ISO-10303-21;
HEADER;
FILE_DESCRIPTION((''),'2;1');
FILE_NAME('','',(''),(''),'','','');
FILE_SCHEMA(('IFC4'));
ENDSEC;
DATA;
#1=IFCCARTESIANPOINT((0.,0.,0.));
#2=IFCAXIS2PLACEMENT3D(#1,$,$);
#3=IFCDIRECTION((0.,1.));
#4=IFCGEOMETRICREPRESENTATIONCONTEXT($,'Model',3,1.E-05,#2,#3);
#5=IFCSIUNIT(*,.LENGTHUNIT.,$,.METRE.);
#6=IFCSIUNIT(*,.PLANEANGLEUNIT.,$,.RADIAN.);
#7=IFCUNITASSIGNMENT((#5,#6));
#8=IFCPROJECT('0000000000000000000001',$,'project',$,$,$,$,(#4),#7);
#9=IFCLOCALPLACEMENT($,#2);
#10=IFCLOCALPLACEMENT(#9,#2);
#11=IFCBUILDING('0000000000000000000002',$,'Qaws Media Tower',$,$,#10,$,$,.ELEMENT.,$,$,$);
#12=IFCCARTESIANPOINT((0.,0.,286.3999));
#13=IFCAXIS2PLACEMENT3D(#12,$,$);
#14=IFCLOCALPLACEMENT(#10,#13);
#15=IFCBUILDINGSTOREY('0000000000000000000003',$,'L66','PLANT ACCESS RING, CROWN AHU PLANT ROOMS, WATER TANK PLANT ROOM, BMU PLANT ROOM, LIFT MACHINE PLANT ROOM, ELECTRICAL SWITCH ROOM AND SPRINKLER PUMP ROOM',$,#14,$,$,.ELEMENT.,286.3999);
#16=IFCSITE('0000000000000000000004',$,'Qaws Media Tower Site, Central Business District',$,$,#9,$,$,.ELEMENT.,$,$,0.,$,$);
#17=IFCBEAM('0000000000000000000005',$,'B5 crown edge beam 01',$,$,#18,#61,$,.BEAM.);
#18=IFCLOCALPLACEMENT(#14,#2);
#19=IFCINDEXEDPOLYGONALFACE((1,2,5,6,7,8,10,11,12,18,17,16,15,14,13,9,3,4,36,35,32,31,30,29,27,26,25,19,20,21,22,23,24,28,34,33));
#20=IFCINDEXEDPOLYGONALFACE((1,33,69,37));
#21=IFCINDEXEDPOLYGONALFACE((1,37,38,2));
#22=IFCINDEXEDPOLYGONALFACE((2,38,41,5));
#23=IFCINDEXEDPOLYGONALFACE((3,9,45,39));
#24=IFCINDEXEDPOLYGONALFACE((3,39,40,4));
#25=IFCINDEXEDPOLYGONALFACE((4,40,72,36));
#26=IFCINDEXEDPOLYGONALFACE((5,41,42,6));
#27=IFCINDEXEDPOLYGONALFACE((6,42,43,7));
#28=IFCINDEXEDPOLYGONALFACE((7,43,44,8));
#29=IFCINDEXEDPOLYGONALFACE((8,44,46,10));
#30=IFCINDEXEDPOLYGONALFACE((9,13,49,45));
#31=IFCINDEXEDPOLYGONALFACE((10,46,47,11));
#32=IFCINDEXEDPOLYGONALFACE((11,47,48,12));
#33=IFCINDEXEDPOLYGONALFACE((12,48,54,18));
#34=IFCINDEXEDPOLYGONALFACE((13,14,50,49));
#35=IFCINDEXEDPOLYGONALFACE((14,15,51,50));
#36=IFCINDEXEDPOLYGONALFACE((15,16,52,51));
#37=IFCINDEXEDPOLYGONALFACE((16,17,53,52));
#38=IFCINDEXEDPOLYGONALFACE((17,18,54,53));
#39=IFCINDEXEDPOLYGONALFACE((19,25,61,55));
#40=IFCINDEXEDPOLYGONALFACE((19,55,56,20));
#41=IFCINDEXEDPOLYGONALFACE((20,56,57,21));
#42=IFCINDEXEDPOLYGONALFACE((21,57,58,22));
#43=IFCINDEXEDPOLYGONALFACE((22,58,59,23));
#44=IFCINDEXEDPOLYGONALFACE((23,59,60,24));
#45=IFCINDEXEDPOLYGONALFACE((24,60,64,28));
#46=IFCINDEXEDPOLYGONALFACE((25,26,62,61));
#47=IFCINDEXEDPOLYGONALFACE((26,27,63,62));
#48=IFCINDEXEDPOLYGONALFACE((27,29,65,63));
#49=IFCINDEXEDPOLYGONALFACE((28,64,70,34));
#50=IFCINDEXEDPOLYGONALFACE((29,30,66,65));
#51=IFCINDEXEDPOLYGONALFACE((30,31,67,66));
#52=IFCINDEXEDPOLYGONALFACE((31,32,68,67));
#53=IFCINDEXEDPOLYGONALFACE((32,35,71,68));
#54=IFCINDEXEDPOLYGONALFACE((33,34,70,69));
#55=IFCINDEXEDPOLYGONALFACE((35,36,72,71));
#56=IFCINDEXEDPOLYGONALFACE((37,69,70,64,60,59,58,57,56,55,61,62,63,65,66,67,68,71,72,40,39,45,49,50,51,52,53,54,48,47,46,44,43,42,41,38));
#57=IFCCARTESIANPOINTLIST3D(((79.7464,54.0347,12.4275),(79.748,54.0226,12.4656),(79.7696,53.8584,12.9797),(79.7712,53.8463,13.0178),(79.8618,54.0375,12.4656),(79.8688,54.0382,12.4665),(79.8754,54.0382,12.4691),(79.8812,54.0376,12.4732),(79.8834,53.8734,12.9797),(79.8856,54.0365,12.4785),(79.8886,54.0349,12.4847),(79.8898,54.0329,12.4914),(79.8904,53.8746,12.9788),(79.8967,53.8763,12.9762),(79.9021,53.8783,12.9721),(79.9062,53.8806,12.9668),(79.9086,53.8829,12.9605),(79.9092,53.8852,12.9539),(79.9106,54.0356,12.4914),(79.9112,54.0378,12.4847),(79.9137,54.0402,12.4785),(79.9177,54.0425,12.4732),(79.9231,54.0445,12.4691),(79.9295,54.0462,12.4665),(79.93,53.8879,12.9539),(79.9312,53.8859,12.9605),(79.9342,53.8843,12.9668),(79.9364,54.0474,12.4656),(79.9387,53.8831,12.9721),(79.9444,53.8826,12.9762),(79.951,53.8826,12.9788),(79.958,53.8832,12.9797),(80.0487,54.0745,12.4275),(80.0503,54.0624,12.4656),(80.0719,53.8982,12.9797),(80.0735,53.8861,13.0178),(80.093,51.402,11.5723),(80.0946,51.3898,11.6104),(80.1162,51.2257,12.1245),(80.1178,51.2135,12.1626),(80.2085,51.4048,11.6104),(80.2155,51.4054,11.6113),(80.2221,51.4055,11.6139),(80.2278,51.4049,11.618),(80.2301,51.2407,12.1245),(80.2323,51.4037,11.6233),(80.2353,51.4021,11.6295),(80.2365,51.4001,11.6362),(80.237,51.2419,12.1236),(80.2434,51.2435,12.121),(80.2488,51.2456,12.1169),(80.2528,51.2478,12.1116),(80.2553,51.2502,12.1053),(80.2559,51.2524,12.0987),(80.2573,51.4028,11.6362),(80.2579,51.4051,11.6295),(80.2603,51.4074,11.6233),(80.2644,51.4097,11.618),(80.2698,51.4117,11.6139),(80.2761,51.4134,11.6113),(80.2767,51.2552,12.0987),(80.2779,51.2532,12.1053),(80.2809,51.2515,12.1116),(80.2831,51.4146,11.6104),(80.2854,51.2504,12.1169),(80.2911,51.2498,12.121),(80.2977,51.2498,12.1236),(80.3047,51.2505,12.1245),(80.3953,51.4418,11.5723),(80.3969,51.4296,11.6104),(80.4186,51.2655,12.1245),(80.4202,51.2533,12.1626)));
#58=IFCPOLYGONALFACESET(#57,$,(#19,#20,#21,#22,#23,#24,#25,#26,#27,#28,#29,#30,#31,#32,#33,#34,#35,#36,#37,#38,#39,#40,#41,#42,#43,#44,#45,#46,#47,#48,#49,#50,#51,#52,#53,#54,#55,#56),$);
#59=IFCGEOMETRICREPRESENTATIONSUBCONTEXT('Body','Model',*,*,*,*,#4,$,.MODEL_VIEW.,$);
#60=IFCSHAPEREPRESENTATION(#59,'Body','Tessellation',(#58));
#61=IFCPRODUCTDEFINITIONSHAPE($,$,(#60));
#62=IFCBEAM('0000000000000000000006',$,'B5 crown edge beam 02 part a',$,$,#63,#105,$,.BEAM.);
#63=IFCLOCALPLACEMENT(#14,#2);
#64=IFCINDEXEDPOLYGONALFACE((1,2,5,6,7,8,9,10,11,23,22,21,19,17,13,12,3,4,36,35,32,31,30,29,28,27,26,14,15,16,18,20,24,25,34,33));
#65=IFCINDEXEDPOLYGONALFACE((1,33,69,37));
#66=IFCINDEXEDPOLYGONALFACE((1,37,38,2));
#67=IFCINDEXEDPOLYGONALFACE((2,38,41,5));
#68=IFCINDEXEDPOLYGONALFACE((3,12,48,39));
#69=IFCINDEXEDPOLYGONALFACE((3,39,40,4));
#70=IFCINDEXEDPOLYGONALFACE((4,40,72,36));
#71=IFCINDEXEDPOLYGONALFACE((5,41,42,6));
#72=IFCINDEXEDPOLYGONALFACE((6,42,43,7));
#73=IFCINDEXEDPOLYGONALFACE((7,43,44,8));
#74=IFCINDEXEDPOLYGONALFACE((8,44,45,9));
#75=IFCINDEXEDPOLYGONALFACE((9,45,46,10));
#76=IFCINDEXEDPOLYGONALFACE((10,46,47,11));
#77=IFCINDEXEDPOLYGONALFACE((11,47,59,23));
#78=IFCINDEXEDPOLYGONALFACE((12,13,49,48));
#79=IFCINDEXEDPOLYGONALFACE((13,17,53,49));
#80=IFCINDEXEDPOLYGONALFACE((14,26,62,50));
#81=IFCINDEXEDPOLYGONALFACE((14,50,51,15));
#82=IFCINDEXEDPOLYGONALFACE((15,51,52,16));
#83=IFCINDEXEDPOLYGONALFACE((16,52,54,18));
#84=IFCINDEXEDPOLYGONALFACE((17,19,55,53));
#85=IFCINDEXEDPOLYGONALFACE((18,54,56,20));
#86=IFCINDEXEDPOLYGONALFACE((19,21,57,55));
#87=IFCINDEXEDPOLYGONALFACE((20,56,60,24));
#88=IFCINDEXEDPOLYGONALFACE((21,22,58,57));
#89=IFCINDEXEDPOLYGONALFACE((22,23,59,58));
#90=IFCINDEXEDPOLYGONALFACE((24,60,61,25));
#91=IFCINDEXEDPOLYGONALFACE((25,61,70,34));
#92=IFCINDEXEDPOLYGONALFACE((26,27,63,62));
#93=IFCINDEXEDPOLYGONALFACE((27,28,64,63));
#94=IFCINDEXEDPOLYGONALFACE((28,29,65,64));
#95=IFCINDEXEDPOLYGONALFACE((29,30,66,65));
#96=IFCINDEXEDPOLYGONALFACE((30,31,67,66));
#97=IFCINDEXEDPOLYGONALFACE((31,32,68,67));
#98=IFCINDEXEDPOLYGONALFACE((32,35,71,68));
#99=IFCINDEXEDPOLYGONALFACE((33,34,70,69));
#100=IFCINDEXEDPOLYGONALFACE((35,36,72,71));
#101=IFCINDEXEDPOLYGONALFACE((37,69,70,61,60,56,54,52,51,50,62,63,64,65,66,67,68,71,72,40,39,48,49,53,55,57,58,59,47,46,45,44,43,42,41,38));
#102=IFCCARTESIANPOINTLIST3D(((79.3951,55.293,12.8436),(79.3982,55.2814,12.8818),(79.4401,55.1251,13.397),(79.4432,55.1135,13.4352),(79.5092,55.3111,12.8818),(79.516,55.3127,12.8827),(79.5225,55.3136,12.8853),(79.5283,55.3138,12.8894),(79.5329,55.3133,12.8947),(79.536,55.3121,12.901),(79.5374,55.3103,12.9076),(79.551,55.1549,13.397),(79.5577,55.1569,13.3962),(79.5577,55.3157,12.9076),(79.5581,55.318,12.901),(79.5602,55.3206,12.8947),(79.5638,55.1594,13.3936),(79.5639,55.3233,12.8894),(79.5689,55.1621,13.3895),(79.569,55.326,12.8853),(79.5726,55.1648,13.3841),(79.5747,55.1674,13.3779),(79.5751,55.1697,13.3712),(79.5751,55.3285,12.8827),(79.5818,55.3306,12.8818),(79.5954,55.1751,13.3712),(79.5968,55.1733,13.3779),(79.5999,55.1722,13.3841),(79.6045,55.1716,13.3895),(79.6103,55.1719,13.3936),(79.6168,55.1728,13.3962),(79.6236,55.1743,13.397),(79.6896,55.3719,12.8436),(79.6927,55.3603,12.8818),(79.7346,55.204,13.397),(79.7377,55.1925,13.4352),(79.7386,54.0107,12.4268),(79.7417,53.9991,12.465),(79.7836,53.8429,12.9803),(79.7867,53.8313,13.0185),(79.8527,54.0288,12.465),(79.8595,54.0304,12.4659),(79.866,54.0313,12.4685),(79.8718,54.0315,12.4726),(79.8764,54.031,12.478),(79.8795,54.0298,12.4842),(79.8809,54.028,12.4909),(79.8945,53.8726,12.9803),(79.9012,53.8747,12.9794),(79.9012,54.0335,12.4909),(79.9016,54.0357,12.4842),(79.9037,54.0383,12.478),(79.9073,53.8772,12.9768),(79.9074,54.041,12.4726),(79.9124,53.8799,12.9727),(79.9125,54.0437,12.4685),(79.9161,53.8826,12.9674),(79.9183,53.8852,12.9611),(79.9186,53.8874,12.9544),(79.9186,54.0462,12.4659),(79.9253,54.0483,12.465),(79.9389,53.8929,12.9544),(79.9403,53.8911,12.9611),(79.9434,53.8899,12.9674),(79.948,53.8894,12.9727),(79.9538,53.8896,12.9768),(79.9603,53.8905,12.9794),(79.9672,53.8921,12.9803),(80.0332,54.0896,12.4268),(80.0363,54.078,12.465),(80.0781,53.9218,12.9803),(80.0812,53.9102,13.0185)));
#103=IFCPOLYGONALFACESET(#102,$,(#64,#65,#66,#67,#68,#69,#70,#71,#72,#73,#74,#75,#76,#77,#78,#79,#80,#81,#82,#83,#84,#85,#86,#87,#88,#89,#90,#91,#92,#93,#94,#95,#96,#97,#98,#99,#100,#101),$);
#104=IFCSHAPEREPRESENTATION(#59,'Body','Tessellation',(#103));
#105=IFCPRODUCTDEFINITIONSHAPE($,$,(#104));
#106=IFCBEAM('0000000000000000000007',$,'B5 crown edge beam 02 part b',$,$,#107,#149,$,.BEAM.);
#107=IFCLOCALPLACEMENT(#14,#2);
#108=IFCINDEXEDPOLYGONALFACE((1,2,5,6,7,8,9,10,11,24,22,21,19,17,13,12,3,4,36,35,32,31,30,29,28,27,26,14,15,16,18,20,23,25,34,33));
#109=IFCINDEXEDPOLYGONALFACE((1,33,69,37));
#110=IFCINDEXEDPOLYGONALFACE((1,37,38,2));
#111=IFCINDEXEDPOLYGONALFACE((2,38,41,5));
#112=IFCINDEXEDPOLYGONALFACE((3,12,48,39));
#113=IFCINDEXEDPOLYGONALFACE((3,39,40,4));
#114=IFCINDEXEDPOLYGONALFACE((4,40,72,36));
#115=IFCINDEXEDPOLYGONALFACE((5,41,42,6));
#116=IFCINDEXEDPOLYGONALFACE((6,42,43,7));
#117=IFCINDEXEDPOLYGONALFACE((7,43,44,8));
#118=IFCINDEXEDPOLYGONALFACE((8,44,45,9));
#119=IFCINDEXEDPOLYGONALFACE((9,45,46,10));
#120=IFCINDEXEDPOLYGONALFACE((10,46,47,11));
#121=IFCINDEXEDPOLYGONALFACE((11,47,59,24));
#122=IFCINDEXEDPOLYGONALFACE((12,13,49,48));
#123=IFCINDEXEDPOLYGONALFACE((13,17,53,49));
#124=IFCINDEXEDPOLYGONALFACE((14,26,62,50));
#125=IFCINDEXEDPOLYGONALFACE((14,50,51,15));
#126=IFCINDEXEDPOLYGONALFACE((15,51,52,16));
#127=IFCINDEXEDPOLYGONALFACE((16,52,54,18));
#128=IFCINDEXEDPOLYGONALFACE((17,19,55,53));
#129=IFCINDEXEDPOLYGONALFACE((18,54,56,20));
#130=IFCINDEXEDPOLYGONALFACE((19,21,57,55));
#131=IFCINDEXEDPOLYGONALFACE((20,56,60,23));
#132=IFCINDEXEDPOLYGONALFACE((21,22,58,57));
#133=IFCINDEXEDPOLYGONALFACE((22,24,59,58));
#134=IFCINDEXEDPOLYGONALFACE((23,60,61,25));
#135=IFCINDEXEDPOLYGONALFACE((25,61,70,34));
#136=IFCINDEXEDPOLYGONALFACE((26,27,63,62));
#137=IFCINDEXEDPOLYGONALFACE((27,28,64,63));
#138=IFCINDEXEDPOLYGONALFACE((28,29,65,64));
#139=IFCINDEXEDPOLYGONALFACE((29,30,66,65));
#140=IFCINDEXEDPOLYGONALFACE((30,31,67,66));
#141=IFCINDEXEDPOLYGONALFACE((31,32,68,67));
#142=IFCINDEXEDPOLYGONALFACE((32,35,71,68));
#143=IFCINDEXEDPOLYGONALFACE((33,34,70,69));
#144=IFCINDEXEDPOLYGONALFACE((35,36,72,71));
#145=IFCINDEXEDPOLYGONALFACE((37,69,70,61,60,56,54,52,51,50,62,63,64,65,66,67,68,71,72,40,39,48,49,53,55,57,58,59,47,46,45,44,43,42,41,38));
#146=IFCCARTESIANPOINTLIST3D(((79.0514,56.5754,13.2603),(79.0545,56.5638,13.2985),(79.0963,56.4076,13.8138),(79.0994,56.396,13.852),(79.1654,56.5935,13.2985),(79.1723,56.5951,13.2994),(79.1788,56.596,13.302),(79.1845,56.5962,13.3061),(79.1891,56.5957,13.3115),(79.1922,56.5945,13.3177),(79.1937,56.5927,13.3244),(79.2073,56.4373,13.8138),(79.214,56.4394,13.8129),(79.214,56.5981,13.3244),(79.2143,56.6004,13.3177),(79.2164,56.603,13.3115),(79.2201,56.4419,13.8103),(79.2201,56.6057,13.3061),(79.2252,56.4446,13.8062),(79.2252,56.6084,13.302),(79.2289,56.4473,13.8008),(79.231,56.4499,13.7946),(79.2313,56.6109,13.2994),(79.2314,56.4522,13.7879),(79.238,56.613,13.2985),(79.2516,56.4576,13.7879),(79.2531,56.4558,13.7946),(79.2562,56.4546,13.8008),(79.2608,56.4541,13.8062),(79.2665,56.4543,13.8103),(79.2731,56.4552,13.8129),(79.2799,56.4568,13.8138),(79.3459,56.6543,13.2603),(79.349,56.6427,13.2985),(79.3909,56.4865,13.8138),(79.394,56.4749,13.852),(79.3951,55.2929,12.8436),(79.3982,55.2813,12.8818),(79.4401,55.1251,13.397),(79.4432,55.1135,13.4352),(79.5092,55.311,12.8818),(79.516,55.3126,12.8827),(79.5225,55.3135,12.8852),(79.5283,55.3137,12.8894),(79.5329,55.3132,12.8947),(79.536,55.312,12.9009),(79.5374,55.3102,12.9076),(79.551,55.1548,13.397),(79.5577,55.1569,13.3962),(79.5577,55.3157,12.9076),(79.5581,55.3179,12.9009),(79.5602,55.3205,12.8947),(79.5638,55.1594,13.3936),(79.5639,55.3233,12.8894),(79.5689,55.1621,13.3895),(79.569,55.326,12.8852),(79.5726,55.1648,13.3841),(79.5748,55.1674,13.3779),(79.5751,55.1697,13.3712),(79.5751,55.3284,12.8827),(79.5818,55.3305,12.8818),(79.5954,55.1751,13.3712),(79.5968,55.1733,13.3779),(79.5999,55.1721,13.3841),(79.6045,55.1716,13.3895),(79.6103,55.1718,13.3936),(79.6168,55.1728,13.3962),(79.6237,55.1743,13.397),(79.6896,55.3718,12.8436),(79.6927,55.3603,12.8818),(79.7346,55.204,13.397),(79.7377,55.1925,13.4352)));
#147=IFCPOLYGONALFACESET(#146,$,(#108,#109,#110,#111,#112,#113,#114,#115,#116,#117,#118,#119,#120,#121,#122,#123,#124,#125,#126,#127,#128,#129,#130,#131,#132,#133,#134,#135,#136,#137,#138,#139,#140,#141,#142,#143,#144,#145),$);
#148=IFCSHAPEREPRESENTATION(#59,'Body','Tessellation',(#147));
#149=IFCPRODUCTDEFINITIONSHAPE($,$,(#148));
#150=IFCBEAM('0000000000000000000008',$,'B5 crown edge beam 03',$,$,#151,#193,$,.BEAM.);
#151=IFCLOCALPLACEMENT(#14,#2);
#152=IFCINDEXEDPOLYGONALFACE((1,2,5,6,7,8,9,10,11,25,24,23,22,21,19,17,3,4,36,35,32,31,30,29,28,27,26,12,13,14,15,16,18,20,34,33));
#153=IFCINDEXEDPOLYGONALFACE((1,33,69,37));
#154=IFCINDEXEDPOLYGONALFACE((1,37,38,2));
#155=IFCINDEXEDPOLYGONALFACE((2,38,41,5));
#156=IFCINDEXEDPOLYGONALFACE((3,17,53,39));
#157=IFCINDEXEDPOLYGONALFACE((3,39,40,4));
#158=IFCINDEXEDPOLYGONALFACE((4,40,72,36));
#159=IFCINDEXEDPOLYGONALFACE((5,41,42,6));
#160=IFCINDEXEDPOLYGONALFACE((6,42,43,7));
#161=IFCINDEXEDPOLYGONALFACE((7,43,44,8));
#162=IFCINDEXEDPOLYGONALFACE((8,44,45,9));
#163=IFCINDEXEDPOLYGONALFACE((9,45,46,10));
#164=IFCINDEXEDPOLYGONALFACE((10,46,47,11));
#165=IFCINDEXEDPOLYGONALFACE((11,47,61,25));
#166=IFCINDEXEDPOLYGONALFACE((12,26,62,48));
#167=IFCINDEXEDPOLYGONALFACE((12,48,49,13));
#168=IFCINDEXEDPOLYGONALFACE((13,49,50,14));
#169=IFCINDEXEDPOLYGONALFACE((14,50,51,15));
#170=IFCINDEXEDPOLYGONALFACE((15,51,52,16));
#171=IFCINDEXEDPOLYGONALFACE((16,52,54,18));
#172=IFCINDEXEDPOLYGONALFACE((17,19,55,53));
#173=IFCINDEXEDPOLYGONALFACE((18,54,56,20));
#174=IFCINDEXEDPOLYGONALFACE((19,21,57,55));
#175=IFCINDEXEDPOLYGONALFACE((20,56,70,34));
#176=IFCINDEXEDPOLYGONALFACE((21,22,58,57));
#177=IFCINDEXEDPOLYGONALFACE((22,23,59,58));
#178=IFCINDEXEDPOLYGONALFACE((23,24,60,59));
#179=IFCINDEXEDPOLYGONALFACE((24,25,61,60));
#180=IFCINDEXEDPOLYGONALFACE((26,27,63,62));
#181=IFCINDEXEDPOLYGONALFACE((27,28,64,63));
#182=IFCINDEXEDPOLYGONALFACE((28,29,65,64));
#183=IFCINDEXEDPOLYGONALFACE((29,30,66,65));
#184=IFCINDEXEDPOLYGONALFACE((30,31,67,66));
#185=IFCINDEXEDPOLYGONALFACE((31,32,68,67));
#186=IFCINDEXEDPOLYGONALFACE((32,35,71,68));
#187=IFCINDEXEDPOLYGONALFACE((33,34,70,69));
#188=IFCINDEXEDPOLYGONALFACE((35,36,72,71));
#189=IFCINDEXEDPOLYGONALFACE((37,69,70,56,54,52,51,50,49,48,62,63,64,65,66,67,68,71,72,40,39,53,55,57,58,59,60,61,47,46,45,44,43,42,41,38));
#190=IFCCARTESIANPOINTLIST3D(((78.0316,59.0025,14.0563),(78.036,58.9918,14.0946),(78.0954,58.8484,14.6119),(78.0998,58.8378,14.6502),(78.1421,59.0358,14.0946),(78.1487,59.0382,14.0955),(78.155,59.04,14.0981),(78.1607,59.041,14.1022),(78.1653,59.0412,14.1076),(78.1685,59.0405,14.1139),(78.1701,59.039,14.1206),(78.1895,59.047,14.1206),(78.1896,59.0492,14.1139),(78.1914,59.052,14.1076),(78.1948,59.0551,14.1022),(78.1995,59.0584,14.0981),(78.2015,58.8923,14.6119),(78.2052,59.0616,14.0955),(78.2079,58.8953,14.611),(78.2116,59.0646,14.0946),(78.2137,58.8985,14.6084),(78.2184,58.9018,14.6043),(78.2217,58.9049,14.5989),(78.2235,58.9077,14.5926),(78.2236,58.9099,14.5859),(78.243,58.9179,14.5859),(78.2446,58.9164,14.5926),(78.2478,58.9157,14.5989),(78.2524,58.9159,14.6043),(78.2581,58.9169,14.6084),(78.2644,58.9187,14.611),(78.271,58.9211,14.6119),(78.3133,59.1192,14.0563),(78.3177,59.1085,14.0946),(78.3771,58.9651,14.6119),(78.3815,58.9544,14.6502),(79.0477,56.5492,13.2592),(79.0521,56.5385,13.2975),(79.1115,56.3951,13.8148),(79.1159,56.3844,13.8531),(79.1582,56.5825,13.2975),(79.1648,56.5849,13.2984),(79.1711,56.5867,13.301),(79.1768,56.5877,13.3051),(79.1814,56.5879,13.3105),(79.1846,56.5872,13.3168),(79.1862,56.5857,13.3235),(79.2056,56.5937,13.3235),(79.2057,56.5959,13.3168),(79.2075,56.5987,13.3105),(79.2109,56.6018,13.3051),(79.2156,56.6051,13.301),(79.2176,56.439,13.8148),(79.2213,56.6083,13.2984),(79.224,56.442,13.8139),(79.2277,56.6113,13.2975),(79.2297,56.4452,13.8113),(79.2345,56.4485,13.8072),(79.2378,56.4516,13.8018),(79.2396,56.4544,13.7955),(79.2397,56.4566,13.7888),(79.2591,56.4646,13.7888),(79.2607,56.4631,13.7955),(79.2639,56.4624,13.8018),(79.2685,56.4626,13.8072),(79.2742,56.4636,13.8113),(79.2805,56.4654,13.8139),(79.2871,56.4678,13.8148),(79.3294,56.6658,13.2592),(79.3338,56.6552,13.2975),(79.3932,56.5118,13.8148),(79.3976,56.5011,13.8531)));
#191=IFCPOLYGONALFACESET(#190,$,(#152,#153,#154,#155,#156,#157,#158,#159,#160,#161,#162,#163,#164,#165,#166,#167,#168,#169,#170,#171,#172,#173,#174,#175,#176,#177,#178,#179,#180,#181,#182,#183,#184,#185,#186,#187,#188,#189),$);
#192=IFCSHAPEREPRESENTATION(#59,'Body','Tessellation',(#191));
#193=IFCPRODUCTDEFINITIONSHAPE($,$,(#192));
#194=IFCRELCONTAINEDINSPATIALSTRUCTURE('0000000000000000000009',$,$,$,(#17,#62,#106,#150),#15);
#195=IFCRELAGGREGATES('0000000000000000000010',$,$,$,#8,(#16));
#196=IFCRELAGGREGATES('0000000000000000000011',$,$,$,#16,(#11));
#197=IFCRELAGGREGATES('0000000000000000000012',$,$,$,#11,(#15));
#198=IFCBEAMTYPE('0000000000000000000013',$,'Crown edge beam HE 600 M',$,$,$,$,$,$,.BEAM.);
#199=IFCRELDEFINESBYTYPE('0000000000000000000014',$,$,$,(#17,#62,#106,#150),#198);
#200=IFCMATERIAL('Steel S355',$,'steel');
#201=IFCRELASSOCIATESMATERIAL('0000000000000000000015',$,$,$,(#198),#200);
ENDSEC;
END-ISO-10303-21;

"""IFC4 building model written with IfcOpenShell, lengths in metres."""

from ifc_helpers import new_model, si_unit, direction, frame, origin, origin_2d, place, context, subcontext, project, spatial, i_section, extrude, material, material_profile, profile_set, type_object, element, save


model = new_model("IFC4")

# Units and contexts
model_context = context("Model", 3, precision=1e-05, world=origin(), true_north=direction((0.0, 1.0)))
body_context = subcontext(model_context, "Body", "Model", "MODEL_VIEW")
ifc_project = project(units=[si_unit("LENGTHUNIT", "METRE"), si_unit("PLANEANGLEUNIT", "RADIAN")], contexts=[model_context])

# Site, building, storey
site_placement = place(None, origin())
site = spatial("IfcSite", under=ifc_project, at=site_placement, Name="Qaws Media Tower Site, Central Business District", CompositionType="ELEMENT", RefElevation=0.0)
building_placement = place(site_placement, origin())
building = spatial("IfcBuilding", under=site, at=building_placement, Name="Qaws Media Tower", CompositionType="ELEMENT")
storey_placement = place(building_placement, frame((0.0, 0.0, 286.3999)))
storey = spatial("IfcBuildingStorey", under=building, at=storey_placement, Name="L66", Description="PLANT ACCESS RING, CROWN AHU PLANT ROOMS, WATER TANK PLANT ROOM, BMU PLANT ROOM, LIFT MACHINE PLANT ROOM, ELECTRICAL SWITCH ROOM AND SPRINKLER PUMP ROOM", CompositionType="ELEMENT", Elevation=286.3999)

# Beams
ifc_material_1 = material(Name="Steel S355", Category="steel")
ifc_material_profile_1 = material_profile(ifc_material_1, i_section(OverallWidth=0.3049, OverallDepth=0.6201, WebThickness=0.021, FlangeThickness=0.04, FilletRadius=0.0271, at=origin_2d()), Name="HE 600 M")
ifc_profile_set_1 = profile_set([ifc_material_profile_1], Name="Steel S355")
beam_type_1 = type_object("IfcBeamType", Name="Crown edge beam HE 600 M", PredefinedType="BEAM", material=ifc_profile_set_1)
beam_1_placement = place(storey_placement, frame((80.2566, 51.3276, 11.8674), z_axis=(-0.124264, 0.943709, 0.306548), x_axis=(-0.991442, -0.13055, 0.0)))
element("IfcBeam", 1, at=beam_1_placement, inside=storey, type_object=beam_type_1, Name="B5 crown edge beam 01", PredefinedType="BEAM", context=body_context, shape_type="SweptSolid", body=[
    extrude(i_section(OverallWidth=0.3049, OverallDepth=0.6201, WebThickness=0.021, FlangeThickness=0.04, FilletRadius=0.0271, at=origin_2d()), origin(), (0.0, 0.0, 1.0), 2.7898),
])
beam_2_placement = place(storey_placement, frame((79.9099, 53.9604, 12.7227), z_axis=(-0.246891, 0.921588, 0.299534), x_axis=(-0.965938, -0.258773, 0.0)))
element("IfcBeam", 2, at=beam_2_placement, inside=storey, type_object=beam_type_1, Name="B5 crown edge beam 02 part a", PredefinedType="BEAM", context=body_context, shape_type="SweptSolid", body=[
    extrude(i_section(OverallWidth=0.3049, OverallDepth=0.6201, WebThickness=0.021, FlangeThickness=0.04, FilletRadius=0.0271, at=origin_2d()), origin(), (0.0, 0.0, 1.0), 1.3914),
])
beam_3_placement = place(storey_placement, frame((79.5664, 55.2427, 13.1394), z_axis=(-0.247016, 0.921574, 0.299472), x_axis=(-0.965905, -0.258898, 0.0)))
element("IfcBeam", 3, at=beam_3_placement, inside=storey, type_object=beam_type_1, Name="B5 crown edge beam 02 part b", PredefinedType="BEAM", context=body_context, shape_type="SweptSolid", body=[
    extrude(i_section(OverallWidth=0.3049, OverallDepth=0.6201, WebThickness=0.021, FlangeThickness=0.04, FilletRadius=0.0271, at=origin_2d()), origin(), (0.0, 0.0, 1.0), 1.3916),
])
beam_4_placement = place(storey_placement, frame((79.2227, 56.5251, 13.5562), z_axis=(-0.366494, 0.884886, 0.287506), x_axis=(-0.923894, -0.38265, 0.0)))
element("IfcBeam", 4, at=beam_4_placement, inside=storey, type_object=beam_type_1, Name="B5 crown edge beam 03", PredefinedType="BEAM", context=body_context, shape_type="SweptSolid", body=[
    extrude(i_section(OverallWidth=0.3049, OverallDepth=0.6201, WebThickness=0.021, FlangeThickness=0.04, FilletRadius=0.0271, at=origin_2d()), origin(), (0.0, 0.0, 1.0), 2.7725),
])

save(model, "model.ifc")
